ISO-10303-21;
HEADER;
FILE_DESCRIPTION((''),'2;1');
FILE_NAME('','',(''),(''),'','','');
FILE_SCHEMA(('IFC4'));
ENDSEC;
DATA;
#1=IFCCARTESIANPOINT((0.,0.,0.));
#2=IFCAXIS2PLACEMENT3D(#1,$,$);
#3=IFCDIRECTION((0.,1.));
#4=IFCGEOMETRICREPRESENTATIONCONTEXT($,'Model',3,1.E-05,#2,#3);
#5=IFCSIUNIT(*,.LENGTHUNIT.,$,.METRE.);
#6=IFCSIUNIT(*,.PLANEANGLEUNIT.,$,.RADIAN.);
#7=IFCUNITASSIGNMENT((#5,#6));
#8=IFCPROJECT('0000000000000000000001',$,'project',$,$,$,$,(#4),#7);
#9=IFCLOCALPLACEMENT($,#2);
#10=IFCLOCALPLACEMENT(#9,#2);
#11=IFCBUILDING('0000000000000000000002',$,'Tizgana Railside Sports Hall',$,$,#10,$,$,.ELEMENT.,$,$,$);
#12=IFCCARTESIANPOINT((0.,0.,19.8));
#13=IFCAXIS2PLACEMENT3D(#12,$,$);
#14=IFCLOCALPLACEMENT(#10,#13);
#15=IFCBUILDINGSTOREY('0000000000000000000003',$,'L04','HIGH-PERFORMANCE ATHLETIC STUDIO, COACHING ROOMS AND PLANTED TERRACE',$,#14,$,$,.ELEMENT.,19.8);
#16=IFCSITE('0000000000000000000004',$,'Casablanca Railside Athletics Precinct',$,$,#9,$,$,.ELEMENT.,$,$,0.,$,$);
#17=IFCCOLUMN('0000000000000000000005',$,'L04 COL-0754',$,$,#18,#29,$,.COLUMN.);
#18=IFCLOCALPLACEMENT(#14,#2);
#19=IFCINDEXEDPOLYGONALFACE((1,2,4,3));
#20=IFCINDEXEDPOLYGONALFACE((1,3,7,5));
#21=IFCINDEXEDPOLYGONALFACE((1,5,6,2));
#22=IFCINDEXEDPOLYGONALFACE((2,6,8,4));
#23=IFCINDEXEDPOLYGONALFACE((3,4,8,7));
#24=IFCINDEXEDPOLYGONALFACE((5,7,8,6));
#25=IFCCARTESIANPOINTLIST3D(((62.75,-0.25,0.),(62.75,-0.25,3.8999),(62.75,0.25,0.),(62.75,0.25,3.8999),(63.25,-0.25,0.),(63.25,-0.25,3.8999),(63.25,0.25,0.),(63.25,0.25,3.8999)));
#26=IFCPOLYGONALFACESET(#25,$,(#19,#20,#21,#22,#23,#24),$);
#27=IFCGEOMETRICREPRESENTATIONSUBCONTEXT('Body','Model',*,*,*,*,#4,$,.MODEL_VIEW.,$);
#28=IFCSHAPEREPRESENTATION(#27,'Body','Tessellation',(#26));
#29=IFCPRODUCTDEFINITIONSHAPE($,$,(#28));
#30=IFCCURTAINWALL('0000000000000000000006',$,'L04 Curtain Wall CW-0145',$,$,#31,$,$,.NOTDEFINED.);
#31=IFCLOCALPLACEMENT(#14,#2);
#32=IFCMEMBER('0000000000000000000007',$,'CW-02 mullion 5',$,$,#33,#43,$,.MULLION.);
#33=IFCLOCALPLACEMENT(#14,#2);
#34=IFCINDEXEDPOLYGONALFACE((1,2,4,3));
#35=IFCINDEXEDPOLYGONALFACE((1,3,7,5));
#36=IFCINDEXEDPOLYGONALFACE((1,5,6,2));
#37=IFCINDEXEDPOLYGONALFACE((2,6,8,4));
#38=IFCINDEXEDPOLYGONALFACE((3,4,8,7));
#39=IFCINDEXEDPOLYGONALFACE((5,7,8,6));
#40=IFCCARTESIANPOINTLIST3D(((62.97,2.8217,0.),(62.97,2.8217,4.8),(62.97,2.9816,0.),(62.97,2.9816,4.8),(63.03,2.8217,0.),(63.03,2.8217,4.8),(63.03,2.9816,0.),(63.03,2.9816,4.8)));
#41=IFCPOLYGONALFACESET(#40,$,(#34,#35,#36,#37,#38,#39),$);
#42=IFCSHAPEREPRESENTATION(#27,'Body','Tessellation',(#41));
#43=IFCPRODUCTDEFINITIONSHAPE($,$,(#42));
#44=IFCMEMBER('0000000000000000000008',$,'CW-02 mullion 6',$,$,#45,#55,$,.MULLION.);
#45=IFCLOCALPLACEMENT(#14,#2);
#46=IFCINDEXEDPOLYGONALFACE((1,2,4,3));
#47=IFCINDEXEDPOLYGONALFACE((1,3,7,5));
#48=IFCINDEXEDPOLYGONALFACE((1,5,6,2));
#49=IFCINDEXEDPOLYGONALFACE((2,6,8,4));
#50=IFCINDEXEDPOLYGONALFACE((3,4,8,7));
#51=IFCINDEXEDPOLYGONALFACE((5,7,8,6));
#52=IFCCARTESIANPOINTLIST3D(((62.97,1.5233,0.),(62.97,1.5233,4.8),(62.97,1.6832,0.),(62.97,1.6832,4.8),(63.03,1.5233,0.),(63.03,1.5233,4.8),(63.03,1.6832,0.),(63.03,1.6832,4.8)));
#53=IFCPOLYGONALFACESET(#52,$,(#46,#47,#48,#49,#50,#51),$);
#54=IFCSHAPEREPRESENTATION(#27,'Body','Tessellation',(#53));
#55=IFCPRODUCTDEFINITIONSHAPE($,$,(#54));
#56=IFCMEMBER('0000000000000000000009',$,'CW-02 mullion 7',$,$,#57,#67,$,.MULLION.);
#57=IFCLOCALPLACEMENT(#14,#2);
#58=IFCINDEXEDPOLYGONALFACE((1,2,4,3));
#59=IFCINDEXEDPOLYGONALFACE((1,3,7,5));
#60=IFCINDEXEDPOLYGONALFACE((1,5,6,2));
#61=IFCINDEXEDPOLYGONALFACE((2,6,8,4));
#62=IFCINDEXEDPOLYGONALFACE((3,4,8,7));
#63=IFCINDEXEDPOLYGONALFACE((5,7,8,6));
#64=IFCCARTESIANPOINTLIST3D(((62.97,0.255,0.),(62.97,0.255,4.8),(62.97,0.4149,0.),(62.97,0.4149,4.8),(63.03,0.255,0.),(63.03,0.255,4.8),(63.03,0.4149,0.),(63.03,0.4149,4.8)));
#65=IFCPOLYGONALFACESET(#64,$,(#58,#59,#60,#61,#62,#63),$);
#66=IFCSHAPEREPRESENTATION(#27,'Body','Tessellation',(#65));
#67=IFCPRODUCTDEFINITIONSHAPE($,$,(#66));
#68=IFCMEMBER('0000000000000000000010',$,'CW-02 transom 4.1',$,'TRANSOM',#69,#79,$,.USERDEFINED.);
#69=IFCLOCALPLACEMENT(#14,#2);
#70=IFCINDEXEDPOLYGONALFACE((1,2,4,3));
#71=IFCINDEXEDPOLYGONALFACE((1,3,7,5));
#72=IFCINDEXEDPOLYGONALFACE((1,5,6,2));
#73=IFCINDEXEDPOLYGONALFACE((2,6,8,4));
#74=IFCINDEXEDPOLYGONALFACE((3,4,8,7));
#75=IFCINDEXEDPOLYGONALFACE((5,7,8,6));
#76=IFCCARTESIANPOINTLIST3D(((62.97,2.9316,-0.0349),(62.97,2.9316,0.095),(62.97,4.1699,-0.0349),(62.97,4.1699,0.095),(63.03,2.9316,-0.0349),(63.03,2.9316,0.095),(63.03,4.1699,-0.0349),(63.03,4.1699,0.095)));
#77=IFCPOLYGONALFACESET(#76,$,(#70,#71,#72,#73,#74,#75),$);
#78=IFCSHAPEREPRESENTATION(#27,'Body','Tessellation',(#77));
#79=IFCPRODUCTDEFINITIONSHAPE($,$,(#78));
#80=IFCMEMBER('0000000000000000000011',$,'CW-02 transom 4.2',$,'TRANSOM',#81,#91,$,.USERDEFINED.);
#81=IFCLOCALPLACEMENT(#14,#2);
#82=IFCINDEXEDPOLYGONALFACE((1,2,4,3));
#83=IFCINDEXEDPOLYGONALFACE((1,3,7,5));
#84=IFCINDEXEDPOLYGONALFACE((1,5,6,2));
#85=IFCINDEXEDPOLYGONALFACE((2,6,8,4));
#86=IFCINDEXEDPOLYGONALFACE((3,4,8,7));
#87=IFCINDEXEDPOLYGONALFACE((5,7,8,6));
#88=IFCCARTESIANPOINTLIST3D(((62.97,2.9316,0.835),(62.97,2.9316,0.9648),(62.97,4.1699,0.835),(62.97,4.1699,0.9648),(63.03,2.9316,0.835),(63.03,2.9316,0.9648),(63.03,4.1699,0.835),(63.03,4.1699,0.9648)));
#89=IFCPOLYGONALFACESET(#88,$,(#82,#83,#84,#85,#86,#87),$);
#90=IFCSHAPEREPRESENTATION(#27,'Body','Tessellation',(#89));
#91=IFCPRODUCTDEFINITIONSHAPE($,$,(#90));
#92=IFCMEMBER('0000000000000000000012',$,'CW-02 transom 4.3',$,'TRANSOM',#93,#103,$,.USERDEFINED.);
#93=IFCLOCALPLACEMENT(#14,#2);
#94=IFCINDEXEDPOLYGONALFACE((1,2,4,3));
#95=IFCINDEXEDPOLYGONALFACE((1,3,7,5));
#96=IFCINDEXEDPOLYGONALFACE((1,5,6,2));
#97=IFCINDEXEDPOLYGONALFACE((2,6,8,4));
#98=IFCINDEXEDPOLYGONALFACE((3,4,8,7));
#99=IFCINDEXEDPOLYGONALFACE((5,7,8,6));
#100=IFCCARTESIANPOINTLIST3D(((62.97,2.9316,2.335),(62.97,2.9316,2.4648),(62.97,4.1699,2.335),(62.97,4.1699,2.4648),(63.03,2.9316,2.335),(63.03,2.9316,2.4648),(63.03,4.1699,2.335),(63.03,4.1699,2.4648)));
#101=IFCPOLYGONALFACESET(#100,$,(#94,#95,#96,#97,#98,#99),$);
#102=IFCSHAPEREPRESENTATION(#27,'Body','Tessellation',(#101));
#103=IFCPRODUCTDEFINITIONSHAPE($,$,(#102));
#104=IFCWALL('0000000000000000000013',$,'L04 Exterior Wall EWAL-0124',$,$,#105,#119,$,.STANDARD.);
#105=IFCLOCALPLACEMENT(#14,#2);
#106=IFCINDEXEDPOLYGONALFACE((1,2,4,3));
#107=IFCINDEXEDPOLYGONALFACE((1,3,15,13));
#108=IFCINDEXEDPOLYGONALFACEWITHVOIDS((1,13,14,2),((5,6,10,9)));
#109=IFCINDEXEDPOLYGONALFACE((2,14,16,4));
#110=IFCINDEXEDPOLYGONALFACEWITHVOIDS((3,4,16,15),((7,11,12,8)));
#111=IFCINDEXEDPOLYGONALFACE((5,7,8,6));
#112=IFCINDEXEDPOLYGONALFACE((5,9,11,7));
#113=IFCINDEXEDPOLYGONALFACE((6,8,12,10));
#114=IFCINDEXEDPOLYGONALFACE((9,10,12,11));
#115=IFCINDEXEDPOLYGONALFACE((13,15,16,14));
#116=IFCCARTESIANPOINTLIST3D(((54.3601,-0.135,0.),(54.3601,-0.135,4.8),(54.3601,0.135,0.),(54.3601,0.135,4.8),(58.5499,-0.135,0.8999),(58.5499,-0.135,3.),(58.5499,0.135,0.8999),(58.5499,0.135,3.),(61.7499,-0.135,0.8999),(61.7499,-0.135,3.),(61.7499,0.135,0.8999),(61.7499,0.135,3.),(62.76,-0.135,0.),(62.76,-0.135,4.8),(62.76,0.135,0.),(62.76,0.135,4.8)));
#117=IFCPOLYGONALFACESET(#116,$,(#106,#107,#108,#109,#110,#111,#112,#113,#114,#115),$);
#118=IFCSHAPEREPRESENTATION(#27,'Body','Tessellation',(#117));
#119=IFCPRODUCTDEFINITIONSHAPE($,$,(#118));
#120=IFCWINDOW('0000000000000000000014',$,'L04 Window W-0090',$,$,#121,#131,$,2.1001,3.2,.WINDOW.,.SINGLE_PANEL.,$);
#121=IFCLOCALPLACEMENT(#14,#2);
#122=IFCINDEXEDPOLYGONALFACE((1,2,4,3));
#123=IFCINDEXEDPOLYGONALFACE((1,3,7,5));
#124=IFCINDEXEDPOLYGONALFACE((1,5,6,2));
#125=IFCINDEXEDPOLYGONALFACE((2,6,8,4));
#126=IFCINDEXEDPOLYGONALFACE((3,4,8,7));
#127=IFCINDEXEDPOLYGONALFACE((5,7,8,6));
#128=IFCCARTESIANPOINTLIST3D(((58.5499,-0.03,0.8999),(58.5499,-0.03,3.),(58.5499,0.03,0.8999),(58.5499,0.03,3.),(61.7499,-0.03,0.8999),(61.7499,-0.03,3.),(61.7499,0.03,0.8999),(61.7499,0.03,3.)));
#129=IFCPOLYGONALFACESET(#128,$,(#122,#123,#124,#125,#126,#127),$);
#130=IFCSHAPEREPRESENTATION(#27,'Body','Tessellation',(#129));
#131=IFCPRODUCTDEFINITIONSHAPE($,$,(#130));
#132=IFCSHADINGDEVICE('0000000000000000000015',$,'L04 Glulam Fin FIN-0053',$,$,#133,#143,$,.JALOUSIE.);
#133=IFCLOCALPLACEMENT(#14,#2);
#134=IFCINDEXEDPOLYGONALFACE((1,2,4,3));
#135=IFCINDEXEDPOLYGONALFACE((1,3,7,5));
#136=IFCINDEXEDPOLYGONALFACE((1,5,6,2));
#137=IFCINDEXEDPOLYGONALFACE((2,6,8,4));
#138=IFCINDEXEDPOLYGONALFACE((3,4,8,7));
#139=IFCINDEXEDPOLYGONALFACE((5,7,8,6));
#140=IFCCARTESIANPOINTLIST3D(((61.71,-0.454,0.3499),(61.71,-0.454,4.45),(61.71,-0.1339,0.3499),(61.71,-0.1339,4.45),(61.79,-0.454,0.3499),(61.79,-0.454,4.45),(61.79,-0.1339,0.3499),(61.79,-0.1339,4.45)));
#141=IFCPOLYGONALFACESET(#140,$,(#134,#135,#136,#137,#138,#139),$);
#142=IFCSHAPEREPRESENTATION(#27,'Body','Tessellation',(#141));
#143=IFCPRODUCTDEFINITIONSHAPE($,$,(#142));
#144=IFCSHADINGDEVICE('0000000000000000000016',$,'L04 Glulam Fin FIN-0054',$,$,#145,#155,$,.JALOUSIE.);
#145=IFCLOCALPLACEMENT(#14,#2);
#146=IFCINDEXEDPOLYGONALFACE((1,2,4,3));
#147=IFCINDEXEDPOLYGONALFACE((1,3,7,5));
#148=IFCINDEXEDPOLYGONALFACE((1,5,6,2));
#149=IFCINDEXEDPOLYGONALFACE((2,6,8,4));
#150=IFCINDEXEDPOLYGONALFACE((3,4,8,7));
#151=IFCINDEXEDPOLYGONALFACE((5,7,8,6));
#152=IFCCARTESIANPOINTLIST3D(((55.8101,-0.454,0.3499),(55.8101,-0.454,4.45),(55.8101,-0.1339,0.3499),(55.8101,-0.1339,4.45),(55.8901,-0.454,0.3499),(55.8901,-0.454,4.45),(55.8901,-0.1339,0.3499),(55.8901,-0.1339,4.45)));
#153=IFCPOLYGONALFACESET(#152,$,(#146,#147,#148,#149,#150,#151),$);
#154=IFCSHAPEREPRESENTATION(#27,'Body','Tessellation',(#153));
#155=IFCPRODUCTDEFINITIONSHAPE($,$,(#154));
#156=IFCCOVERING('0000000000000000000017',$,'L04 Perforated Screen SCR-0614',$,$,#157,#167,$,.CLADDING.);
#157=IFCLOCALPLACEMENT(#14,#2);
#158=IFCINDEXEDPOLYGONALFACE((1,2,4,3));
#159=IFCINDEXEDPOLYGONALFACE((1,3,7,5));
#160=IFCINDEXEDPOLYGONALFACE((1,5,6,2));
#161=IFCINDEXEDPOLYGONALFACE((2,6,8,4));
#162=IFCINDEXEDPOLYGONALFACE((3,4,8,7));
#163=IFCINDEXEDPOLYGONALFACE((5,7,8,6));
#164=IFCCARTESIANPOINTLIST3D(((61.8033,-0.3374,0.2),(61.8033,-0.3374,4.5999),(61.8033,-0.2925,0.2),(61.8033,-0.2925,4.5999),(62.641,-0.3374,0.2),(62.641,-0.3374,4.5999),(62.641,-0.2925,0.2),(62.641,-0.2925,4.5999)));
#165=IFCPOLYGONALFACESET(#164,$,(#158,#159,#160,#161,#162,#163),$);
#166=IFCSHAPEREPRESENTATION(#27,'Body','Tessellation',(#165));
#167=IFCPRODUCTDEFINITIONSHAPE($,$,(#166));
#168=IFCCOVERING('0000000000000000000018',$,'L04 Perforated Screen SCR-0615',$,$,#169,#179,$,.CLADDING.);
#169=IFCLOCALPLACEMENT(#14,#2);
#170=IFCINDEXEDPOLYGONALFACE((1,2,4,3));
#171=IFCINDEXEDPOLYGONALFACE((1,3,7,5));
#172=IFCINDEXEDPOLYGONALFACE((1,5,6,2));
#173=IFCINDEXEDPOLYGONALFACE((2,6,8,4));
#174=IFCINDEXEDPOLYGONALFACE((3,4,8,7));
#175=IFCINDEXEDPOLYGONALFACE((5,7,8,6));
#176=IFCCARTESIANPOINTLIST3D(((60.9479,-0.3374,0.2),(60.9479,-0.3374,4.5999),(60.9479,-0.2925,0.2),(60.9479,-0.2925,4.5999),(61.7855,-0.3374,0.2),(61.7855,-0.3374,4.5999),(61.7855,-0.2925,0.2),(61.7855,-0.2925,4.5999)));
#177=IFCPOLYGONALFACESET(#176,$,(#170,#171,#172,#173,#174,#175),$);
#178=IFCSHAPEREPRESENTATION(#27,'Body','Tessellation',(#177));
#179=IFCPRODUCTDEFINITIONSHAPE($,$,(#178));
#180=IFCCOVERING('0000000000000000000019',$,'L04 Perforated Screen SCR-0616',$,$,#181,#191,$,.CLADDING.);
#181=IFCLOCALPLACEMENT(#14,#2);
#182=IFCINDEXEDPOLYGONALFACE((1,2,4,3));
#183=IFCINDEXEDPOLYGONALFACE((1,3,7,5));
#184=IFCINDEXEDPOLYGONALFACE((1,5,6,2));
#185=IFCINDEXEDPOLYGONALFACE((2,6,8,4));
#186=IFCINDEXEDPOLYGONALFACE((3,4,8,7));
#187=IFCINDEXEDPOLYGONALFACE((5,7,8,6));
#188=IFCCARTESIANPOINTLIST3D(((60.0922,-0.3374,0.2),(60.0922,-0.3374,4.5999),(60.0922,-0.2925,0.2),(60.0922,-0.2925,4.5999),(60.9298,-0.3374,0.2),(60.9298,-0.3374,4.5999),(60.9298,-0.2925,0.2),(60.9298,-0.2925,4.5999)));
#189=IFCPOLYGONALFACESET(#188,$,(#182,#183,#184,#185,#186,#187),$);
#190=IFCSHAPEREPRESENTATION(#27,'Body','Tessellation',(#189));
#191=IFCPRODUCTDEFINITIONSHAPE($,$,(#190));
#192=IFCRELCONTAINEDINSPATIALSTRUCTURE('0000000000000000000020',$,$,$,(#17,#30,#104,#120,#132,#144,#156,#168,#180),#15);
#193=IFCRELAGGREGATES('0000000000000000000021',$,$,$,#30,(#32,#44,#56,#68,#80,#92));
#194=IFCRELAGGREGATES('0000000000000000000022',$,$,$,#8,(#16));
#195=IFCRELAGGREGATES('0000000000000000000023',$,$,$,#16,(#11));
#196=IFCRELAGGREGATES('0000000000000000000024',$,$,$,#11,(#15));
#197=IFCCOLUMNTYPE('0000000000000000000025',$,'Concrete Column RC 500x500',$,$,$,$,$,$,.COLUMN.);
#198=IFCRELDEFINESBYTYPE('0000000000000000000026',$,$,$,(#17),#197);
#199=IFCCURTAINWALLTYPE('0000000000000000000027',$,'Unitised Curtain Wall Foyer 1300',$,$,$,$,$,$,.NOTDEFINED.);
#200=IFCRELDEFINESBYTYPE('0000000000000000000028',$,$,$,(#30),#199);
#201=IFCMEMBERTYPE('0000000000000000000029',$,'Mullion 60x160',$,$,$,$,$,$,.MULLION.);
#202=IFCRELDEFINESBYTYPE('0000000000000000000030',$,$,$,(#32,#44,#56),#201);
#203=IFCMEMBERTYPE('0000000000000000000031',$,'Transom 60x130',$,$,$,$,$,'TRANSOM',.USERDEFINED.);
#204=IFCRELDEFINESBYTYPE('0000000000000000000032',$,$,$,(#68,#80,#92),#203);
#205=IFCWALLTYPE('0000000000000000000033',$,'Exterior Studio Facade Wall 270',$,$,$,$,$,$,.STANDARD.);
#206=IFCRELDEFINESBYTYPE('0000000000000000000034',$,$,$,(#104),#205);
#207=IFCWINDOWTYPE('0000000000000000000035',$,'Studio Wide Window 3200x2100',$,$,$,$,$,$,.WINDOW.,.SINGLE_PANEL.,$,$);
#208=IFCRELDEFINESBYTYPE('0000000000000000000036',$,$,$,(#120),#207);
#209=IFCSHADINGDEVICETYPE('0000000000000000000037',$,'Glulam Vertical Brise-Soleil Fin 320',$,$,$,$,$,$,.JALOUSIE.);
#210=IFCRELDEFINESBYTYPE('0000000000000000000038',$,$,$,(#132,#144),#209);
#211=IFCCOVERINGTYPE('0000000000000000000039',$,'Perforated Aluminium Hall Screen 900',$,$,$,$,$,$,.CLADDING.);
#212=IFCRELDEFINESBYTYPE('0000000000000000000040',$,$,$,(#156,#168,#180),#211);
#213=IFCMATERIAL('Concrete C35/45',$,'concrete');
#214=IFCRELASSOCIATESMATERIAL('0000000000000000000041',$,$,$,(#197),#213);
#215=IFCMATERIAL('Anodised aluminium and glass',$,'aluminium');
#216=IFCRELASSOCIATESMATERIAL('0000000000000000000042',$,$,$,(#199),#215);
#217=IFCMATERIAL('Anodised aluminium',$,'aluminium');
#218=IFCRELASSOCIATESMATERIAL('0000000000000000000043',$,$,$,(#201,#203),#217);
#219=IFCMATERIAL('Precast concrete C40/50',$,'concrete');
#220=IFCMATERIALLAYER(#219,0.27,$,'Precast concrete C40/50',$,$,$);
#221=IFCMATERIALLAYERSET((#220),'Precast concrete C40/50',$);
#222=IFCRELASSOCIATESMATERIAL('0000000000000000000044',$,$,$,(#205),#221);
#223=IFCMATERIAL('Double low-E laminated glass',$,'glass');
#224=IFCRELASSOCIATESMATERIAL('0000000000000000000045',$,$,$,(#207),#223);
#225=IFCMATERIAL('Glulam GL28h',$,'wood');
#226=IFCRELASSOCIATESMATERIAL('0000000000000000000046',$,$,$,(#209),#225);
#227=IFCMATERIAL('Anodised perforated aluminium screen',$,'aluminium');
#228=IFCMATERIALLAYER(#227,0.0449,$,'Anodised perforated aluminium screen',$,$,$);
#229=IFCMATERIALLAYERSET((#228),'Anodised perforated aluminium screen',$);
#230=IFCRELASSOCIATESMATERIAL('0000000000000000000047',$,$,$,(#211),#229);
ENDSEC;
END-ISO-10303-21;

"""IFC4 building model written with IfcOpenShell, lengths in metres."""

from ifc_helpers import new_model, si_unit, direction, frame, frame_2d, origin, origin_2d, place, context, subcontext, project, spatial, rectangle, extrude, material, layer, layer_set, material_profile, profile_set, type_object, element, fill, aggregate, save


model = new_model("IFC4")

# Units and contexts
model_context = context("Model", 3, precision=1e-05, world=origin(), true_north=direction((0.0, 1.0)))
body_context = subcontext(model_context, "Body", "Model", "MODEL_VIEW")
ifc_project = project(units=[si_unit("LENGTHUNIT", "METRE"), si_unit("PLANEANGLEUNIT", "RADIAN")], contexts=[model_context])

# Site, building, storey
site_placement = place(None, origin())
site = spatial("IfcSite", under=ifc_project, at=site_placement, Name="Casablanca Railside Athletics Precinct", CompositionType="ELEMENT", RefElevation=0.0)
building_placement = place(site_placement, origin())
building = spatial("IfcBuilding", under=site, at=building_placement, Name="Tizgana Railside Sports Hall", CompositionType="ELEMENT")
storey_placement = place(building_placement, frame((0.0, 0.0, 19.8)))
storey = spatial("IfcBuildingStorey", under=building, at=storey_placement, Name="L04", Description="HIGH-PERFORMANCE ATHLETIC STUDIO, COACHING ROOMS AND PLANTED TERRACE", CompositionType="ELEMENT", Elevation=19.8)

# Column
ifc_material_1 = material(Name="Concrete C35/45", Category="concrete")
ifc_material_profile_1 = material_profile(ifc_material_1, rectangle(XDim=0.5, YDim=0.5, at=origin_2d()), Name="RC 500x500")
ifc_profile_set_1 = profile_set([ifc_material_profile_1], Name="Concrete C35/45")
column_type = type_object("IfcColumnType", Name="Concrete Column RC 500x500", PredefinedType="COLUMN", material=ifc_profile_set_1)
column_placement = place(storey_placement, frame((63.0, 0.0, 0.0), z_axis=(0.0, 0.0, 1.0), x_axis=(1.0, 0.0, 0.0)))
element("IfcColumn", 1, at=column_placement, inside=storey, type_object=column_type, Name="L04 COL-0754", PredefinedType="COLUMN", context=body_context, shape_type="SweptSolid", body=[
    extrude(rectangle(XDim=0.5, YDim=0.5, at=origin_2d()), origin(), (0.0, 0.0, 1.0), 3.8999),
])

# Curtain wall, members
ifc_material_2 = material(Name="Anodised aluminium and glass", Category="aluminium")
curtain_wall_type = type_object("IfcCurtainWallType", Name="Unitised Curtain Wall Foyer 1300", PredefinedType="NOTDEFINED", material=ifc_material_2)
curtain_wall_placement = place(storey_placement, origin())
curtain_wall = element("IfcCurtainWall", 2, at=curtain_wall_placement, inside=storey, type_object=curtain_wall_type, Name="L04 Curtain Wall CW-0145", PredefinedType="NOTDEFINED")
ifc_material_3 = material(Name="Anodised aluminium", Category="aluminium")
ifc_material_profile_2 = material_profile(ifc_material_3, rectangle(XDim=0.0601, YDim=0.1599, at=origin_2d()), Name="Mullion 60x160")
ifc_profile_set_2 = profile_set([ifc_material_profile_2], Name="Anodised aluminium")
member_type_1 = type_object("IfcMemberType", Name="Mullion 60x160", PredefinedType="MULLION", material=ifc_profile_set_2)
member_1_placement = place(storey_placement, frame((63.0, 2.9016, 0.0), z_axis=(0.0, 0.0, 1.0), x_axis=(1.0, 0.0, 0.0)))
member_1 = element("IfcMember", 3, at=member_1_placement, type_object=member_type_1, Name="CW-02 mullion 5", PredefinedType="MULLION", context=body_context, shape_type="SweptSolid", body=[
    extrude(rectangle(XDim=0.0601, YDim=0.1599, at=origin_2d()), origin(), (0.0, 0.0, 1.0), 4.8),
])
member_2_placement = place(storey_placement, frame((63.0, 1.6033, 0.0), z_axis=(0.0, 0.0, 1.0), x_axis=(1.0, 0.0, 0.0)))
member_2 = element("IfcMember", 4, at=member_2_placement, type_object=member_type_1, Name="CW-02 mullion 6", PredefinedType="MULLION", context=body_context, shape_type="SweptSolid", body=[
    extrude(rectangle(XDim=0.0601, YDim=0.1599, at=origin_2d()), origin(), (0.0, 0.0, 1.0), 4.8),
])
member_3_placement = place(storey_placement, frame((63.0, 0.335, 0.0), z_axis=(0.0, 0.0, 1.0), x_axis=(1.0, 0.0, 0.0)))
member_3 = element("IfcMember", 5, at=member_3_placement, type_object=member_type_1, Name="CW-02 mullion 7", PredefinedType="MULLION", context=body_context, shape_type="SweptSolid", body=[
    extrude(rectangle(XDim=0.0601, YDim=0.1599, at=origin_2d()), origin(), (0.0, 0.0, 1.0), 4.8),
])
ifc_material_profile_3 = material_profile(ifc_material_3, rectangle(XDim=0.0601, YDim=0.1299, at=origin_2d()), Name="Transom 60x130")
ifc_profile_set_3 = profile_set([ifc_material_profile_3], Name="Anodised aluminium")
member_type_2 = type_object("IfcMemberType", Name="Transom 60x130", ElementType="TRANSOM", PredefinedType="USERDEFINED", material=ifc_profile_set_3)
member_4_placement = place(storey_placement, frame((63.0, 4.1699, 0.03), z_axis=(0.0, -1.0, 0.0), x_axis=(1.0, 0.0, 0.0)))
member_4 = element("IfcMember", 6, at=member_4_placement, type_object=member_type_2, Name="CW-02 transom 4.1", ObjectType="TRANSOM", PredefinedType="USERDEFINED", context=body_context, shape_type="SweptSolid", body=[
    extrude(rectangle(XDim=0.0601, YDim=0.1299, at=origin_2d()), origin(), (0.0, 0.0, 1.0), 1.2383),
])
member_5_placement = place(storey_placement, frame((63.0, 4.1699, 0.8999), z_axis=(0.0, -1.0, 0.0), x_axis=(1.0, 0.0, 0.0)))
member_5 = element("IfcMember", 7, at=member_5_placement, type_object=member_type_2, Name="CW-02 transom 4.2", ObjectType="TRANSOM", PredefinedType="USERDEFINED", context=body_context, shape_type="SweptSolid", body=[
    extrude(rectangle(XDim=0.0601, YDim=0.1299, at=origin_2d()), origin(), (0.0, 0.0, 1.0), 1.2383),
])
member_6_placement = place(storey_placement, frame((63.0, 4.1699, 2.3999), z_axis=(0.0, -1.0, 0.0), x_axis=(1.0, 0.0, 0.0)))
member_6 = element("IfcMember", 8, at=member_6_placement, type_object=member_type_2, Name="CW-02 transom 4.3", ObjectType="TRANSOM", PredefinedType="USERDEFINED", context=body_context, shape_type="SweptSolid", body=[
    extrude(rectangle(XDim=0.0601, YDim=0.1299, at=origin_2d()), origin(), (0.0, 0.0, 1.0), 1.2383),
])
aggregate(curtain_wall, [member_1, member_2, member_3, member_4, member_5, member_6])

# Wall, opening, window
ifc_material_4 = material(Name="Precast concrete C40/50", Category="concrete")
ifc_layer_1 = layer(ifc_material_4, 0.27, Name="Precast concrete C40/50")
ifc_layer_set_1 = layer_set([ifc_layer_1], Name="Precast concrete C40/50")
wall_type = type_object("IfcWallType", Name="Exterior Studio Facade Wall 270", PredefinedType="STANDARD", material=ifc_layer_set_1)
wall_placement = place(storey_placement, frame((62.76, 0.0, 0.0), z_axis=(0.0, 0.0, 1.0), x_axis=(-1.0, 0.0, 0.0)))
wall = element("IfcWall", 9, at=wall_placement, inside=storey, type_object=wall_type, Name="L04 Exterior Wall EWAL-0124", PredefinedType="STANDARD", context=body_context, shape_type="SweptSolid", body=[
    extrude(rectangle(XDim=8.3999, YDim=0.27, at=frame_2d((4.2, 0.0))), origin(), (0.0, 0.0, 1.0), 4.8),
])
opening_placement = place(wall_placement, frame((1.01, 0.0, 0.8999)))
opening = element("IfcOpeningElement", 10, at=opening_placement, cuts=wall, PredefinedType="OPENING", context=body_context, shape_type="SweptSolid", body=[
    extrude(rectangle(XDim=3.2, YDim=2.1001, at=frame_2d((1.6001, 1.05))), frame((0.0, 0.145, 0.0), z_axis=(0.0, -1.0, 0.0), x_axis=(1.0, 0.0, 0.0)), (0.0, 0.0, 1.0), 0.29),
])
ifc_material_5 = material(Name="Double low-E laminated glass", Category="glass")
window_type = type_object("IfcWindowType", Name="Studio Wide Window 3200x2100", PartitioningType="SINGLE_PANEL", PredefinedType="WINDOW", material=ifc_material_5)
window_placement = place(opening_placement, origin())
window = element("IfcWindow", 11, at=window_placement, inside=storey, type_object=window_type, Name="L04 Window W-0090", OverallHeight=2.1001, OverallWidth=3.2, PartitioningType="SINGLE_PANEL", PredefinedType="WINDOW", context=body_context, shape_type="SweptSolid", body=[
    extrude(rectangle(XDim=3.2, YDim=2.1001, at=frame_2d((1.6001, 1.05))), frame((0.0, 0.03, 0.0), z_axis=(0.0, -1.0, 0.0), x_axis=(1.0, 0.0, 0.0)), (0.0, 0.0, 1.0), 0.0601),
])
fill(opening, window)

# Shading devices
ifc_material_6 = material(Name="Glulam GL28h", Category="wood")
shading_device_type = type_object("IfcShadingDeviceType", Name="Glulam Vertical Brise-Soleil Fin 320", PredefinedType="JALOUSIE", material=ifc_material_6)
for number, where, z_axis, x_axis, name in (
    (12, (61.75, -0.2939, 0.3499), (0.0, 0.0, 1.0), (-1.0, 0.0, 0.0), "L04 Glulam Fin FIN-0053"),
    (13, (55.8501, -0.2939, 0.3499), (0.0, 0.0, 1.0), (-1.0, 0.0, 0.0), "L04 Glulam Fin FIN-0054"),
):
    element("IfcShadingDevice", number, at=place(storey_placement, frame(where, z_axis=z_axis, x_axis=x_axis)), inside=storey, type_object=shading_device_type, Name=name, PredefinedType="JALOUSIE", context=body_context, shape_type="SweptSolid", body=[
        extrude(rectangle(XDim=0.0801, YDim=0.3201, at=origin_2d()), origin(), (0.0, 0.0, 1.0), 4.1001),
    ])

# Coverings
ifc_material_7 = material(Name="Anodised perforated aluminium screen", Category="aluminium")
ifc_layer_2 = layer(ifc_material_7, 0.0449, Name="Anodised perforated aluminium screen")
ifc_layer_set_2 = layer_set([ifc_layer_2], Name="Anodised perforated aluminium screen")
covering_type = type_object("IfcCoveringType", Name="Perforated Aluminium Hall Screen 900", PredefinedType="CLADDING", material=ifc_layer_set_2)
for number, where, z_axis, x_axis, name in (
    (14, (62.2222, -0.3149, 0.2), (0.0, 0.0, 1.0), (-1.0, 0.0, 0.0), "L04 Perforated Screen SCR-0614"),
    (15, (61.3667, -0.3149, 0.2), (0.0, 0.0, 1.0), (-1.0, 0.0, 0.0), "L04 Perforated Screen SCR-0615"),
    (16, (60.511, -0.3149, 0.2), (0.0, 0.0, 1.0), (-1.0, 0.0, 0.0), "L04 Perforated Screen SCR-0616"),
):
    element("IfcCovering", number, at=place(storey_placement, frame(where, z_axis=z_axis, x_axis=x_axis)), inside=storey, type_object=covering_type, Name=name, PredefinedType="CLADDING", context=body_context, shape_type="SweptSolid", body=[
        extrude(rectangle(XDim=0.8376, YDim=0.0449, at=origin_2d()), origin(), (0.0, 0.0, 1.0), 4.3999),
    ])

save(model, "model.ifc")
